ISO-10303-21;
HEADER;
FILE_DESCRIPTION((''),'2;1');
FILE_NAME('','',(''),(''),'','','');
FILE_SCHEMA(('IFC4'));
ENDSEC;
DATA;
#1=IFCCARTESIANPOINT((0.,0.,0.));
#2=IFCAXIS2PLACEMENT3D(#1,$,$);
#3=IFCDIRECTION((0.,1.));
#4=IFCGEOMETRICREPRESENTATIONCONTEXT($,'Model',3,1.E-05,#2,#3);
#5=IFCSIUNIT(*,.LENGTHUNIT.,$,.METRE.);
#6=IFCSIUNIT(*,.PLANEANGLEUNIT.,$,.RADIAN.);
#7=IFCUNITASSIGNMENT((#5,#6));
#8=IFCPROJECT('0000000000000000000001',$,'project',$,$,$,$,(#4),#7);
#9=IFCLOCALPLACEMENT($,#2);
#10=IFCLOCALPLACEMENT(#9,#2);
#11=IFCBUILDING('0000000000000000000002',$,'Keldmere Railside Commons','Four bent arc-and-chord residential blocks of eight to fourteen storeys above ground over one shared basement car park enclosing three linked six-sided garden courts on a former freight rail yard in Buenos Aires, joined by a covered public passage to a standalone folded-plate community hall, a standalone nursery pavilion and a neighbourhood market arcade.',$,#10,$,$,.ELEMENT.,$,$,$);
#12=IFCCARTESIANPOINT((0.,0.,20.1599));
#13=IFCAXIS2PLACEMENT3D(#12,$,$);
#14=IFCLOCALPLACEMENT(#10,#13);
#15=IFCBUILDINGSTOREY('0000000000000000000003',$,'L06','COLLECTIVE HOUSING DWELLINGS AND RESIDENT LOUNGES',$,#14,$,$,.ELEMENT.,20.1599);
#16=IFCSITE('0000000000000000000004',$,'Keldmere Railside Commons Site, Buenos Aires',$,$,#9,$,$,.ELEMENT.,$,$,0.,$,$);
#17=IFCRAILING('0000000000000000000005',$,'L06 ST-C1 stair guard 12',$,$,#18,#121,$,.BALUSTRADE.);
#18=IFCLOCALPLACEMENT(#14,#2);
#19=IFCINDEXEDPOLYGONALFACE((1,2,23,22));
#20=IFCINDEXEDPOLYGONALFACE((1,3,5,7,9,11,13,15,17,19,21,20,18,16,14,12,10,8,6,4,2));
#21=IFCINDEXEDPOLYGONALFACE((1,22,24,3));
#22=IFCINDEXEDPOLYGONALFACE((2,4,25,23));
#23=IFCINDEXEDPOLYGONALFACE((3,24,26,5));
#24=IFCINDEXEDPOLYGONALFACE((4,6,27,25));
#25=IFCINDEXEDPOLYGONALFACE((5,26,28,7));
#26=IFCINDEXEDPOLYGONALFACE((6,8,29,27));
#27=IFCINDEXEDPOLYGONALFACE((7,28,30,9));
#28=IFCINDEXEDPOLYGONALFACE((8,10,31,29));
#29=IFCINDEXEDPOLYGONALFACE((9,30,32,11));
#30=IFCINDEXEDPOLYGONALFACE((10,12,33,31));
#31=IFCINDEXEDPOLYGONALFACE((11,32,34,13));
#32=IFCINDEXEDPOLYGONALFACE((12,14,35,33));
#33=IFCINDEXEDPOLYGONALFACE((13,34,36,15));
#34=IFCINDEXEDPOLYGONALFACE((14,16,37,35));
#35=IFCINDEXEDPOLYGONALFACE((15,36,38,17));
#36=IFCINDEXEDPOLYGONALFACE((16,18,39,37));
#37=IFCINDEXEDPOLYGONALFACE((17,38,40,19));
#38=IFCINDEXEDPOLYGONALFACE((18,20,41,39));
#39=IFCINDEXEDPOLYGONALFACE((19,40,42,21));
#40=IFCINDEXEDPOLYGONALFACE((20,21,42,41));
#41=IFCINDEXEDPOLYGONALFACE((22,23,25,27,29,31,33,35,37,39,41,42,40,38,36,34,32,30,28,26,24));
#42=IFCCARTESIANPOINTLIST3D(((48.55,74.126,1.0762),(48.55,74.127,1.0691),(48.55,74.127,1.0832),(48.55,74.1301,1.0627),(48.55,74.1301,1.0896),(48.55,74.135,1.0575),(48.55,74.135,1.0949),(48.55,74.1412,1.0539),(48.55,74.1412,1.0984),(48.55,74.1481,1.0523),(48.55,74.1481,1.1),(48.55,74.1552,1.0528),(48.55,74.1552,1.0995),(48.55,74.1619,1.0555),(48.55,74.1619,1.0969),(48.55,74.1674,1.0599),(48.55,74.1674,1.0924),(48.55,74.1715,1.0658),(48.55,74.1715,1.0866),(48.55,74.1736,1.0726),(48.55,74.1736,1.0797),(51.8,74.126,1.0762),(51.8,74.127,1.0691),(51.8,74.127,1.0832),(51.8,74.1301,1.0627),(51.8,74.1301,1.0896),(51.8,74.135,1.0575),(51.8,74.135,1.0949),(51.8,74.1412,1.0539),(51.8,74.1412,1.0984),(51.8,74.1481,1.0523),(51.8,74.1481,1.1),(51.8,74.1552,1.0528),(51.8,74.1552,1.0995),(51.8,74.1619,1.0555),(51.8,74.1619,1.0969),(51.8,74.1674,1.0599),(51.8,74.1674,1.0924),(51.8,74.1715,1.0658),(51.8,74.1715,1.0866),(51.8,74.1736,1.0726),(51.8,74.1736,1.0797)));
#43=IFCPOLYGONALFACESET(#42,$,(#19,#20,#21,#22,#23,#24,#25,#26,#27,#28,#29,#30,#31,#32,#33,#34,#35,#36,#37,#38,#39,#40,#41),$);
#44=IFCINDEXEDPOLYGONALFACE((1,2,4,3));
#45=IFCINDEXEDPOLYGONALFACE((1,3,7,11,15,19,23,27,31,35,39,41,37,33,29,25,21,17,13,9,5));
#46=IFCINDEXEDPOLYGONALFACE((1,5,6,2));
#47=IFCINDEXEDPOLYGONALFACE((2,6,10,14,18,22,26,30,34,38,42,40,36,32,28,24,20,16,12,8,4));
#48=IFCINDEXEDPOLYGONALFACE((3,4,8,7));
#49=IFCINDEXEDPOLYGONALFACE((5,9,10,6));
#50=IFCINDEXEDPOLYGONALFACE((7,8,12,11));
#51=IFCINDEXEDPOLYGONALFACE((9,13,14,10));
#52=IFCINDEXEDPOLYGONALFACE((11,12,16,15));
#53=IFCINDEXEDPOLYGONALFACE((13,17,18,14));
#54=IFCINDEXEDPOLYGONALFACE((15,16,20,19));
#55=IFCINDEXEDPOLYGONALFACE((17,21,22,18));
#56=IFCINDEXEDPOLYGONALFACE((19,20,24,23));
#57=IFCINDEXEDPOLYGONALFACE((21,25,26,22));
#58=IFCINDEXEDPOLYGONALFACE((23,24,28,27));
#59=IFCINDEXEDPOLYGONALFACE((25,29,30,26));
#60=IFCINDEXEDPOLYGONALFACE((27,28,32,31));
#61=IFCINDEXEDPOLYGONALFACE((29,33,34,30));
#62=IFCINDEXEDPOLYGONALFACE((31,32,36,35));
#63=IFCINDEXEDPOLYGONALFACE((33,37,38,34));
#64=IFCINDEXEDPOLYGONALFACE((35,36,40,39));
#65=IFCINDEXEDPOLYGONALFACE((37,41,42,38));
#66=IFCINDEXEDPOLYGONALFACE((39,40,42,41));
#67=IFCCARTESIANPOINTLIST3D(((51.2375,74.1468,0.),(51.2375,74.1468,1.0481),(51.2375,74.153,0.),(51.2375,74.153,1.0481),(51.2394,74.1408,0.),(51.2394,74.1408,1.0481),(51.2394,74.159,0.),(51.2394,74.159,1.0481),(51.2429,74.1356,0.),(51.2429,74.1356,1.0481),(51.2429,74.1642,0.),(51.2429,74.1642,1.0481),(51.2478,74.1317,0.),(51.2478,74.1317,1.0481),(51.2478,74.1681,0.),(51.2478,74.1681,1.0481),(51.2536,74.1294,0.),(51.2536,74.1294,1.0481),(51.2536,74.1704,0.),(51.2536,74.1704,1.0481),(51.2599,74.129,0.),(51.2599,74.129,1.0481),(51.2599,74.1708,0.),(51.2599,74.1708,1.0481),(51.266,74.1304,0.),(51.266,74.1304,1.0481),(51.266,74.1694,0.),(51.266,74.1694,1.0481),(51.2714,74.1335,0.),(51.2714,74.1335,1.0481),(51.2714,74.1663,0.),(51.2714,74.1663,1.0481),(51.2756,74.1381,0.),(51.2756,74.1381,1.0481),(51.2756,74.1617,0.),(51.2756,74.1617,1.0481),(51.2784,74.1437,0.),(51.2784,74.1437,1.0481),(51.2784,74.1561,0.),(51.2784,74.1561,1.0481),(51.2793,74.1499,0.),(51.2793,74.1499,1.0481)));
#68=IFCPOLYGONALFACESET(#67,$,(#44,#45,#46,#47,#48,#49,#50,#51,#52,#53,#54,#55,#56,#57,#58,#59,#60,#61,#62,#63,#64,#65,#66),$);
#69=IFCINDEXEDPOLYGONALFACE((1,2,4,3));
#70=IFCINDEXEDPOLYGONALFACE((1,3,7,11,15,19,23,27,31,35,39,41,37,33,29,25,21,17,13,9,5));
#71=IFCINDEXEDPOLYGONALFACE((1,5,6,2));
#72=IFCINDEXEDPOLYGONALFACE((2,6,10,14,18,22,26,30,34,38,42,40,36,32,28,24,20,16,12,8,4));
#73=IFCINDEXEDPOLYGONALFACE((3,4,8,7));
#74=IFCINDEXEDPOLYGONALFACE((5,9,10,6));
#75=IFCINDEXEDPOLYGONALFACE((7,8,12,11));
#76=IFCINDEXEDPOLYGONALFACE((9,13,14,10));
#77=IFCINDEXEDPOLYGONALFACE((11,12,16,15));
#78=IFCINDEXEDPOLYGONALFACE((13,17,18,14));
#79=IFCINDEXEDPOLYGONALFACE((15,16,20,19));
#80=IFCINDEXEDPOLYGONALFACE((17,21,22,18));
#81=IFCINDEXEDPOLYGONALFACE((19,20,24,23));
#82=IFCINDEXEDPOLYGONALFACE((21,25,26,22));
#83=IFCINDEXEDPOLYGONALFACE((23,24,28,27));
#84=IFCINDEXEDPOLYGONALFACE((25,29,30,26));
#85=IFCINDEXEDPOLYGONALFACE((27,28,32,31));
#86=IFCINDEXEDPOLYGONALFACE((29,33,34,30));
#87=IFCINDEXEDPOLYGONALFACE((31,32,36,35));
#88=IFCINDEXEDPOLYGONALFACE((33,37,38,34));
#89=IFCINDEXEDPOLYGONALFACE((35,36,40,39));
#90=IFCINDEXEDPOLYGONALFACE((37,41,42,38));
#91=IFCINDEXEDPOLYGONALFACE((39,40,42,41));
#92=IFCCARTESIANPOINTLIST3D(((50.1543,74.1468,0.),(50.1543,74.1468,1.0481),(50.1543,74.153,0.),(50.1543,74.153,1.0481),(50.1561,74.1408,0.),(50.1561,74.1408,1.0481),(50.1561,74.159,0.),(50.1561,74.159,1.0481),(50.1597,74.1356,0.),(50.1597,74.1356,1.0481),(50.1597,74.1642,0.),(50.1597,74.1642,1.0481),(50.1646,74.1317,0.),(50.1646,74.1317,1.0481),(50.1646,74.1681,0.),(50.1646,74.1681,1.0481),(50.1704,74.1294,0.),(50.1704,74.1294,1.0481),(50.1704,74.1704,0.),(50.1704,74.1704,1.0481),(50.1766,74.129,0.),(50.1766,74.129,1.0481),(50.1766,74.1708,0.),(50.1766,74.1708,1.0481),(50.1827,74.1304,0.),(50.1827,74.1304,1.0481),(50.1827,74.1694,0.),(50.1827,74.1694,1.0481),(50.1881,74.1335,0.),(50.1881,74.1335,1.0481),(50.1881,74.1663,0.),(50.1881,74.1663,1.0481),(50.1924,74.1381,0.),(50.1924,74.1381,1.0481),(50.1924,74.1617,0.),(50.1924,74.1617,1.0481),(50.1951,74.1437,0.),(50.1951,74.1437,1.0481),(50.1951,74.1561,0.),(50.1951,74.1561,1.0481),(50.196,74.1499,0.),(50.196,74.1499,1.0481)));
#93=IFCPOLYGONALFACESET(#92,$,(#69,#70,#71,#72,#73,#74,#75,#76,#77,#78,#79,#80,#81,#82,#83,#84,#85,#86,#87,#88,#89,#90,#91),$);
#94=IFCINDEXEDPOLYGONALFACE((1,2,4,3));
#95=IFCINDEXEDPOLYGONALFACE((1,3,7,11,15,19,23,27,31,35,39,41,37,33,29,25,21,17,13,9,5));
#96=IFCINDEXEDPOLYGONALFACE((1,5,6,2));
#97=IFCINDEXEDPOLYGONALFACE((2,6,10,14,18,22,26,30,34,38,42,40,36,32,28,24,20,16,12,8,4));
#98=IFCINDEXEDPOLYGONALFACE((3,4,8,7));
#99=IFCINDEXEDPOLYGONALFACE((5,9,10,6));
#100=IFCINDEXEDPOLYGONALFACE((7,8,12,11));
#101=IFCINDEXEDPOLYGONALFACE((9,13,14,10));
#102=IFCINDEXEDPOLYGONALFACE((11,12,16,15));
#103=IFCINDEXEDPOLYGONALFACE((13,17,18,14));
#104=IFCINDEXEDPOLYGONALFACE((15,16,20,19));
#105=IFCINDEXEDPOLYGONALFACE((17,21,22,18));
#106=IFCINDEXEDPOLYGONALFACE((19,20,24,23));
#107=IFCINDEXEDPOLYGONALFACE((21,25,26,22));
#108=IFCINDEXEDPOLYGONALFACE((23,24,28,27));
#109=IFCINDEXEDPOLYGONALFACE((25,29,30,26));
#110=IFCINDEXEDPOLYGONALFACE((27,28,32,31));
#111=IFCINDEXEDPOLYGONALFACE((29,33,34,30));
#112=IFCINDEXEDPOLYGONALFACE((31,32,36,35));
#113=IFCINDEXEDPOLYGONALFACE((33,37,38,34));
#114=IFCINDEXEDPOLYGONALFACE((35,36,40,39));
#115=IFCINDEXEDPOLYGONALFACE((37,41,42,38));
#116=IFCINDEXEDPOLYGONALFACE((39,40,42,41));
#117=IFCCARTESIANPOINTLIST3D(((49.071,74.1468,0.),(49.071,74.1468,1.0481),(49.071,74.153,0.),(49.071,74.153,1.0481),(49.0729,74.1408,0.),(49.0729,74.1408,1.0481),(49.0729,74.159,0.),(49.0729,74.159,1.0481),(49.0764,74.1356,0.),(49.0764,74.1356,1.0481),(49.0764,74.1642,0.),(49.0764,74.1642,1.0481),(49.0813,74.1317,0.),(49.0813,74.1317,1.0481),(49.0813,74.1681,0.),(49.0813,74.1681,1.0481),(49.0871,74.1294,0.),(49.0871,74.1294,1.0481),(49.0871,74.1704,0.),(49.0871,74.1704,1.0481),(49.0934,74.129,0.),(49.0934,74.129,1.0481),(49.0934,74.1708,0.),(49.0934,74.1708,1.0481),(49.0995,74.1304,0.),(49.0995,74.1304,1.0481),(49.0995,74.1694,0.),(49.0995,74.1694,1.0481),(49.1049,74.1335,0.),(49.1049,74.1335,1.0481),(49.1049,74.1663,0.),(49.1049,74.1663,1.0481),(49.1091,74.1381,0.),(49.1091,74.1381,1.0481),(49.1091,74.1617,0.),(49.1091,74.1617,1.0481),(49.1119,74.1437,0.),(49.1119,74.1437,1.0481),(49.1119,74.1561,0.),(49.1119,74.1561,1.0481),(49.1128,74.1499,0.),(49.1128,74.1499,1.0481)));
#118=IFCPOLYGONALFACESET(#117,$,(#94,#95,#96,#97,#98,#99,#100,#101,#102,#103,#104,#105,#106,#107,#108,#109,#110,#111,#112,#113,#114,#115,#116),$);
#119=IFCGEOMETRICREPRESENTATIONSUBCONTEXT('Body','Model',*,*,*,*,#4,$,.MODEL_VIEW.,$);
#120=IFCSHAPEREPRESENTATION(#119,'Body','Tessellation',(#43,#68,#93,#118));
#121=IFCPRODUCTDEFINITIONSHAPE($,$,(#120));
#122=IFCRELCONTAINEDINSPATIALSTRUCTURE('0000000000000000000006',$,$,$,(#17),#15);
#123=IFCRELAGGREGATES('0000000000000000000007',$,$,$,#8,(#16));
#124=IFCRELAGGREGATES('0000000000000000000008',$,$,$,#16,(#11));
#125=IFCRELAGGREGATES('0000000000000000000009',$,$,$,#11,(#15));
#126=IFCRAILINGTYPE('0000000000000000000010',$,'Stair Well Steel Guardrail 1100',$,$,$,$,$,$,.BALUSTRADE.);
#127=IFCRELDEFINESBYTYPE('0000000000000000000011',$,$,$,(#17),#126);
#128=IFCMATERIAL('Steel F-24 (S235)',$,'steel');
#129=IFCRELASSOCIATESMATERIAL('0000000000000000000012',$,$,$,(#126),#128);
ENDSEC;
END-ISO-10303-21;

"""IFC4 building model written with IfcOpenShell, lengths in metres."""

from ifc_helpers import new_model, si_unit, direction, frame, origin, origin_2d, place, context, subcontext, project, spatial, circle, extrude, material, type_object, element, save


model = new_model("IFC4")

# Units and contexts
model_context = context("Model", 3, precision=1e-05, world=origin(), true_north=direction((0.0, 1.0)))
body_context = subcontext(model_context, "Body", "Model", "MODEL_VIEW")
ifc_project = project(units=[si_unit("LENGTHUNIT", "METRE"), si_unit("PLANEANGLEUNIT", "RADIAN")], contexts=[model_context])

# Site, building, storey
site_placement = place(None, origin())
site = spatial("IfcSite", under=ifc_project, at=site_placement, Name="Keldmere Railside Commons Site, Buenos Aires", CompositionType="ELEMENT", RefElevation=0.0)
building_placement = place(site_placement, origin())
building = spatial("IfcBuilding", under=site, at=building_placement, Name="Keldmere Railside Commons", Description="Four bent arc-and-chord residential blocks of eight to fourteen storeys above ground over one shared basement car park enclosing three linked six-sided garden courts on a former freight rail yard in Buenos Aires, joined by a covered public passage to a standalone folded-plate community hall, a standalone nursery pavilion and a neighbourhood market arcade.", CompositionType="ELEMENT")
storey_placement = place(building_placement, frame((0.0, 0.0, 20.1599)))
storey = spatial("IfcBuildingStorey", under=building, at=storey_placement, Name="L06", Description="COLLECTIVE HOUSING DWELLINGS AND RESIDENT LOUNGES", CompositionType="ELEMENT", Elevation=20.1599)

# Railing
ifc_material_1 = material(Name="Steel F-24 (S235)", Category="steel")
railing_type_1 = type_object("IfcRailingType", Name="Stair Well Steel Guardrail 1100", PredefinedType="BALUSTRADE", material=ifc_material_1)
railing_1_placement = place(storey_placement, frame((51.8, 74.1499, 0.0)))
element("IfcRailing", 1, at=railing_1_placement, inside=storey, type_object=railing_type_1, Name="L06 ST-C1 stair guard 12", PredefinedType="BALUSTRADE", context=body_context, shape_type="SweptSolid", body=[
    extrude(circle(Radius=0.0239, at=origin_2d()), frame((0.0, 0.0, 1.0762), z_axis=(-1.0, 0.0, 0.0), x_axis=(0.0, -1.0, 0.0)), (0.0, 0.0, 1.0), 3.25),
    extrude(circle(Radius=0.021, at=origin_2d()), frame((-0.5417, 0.0, 0.0)), (0.0, 0.0, 1.0), 1.0481),
    extrude(circle(Radius=0.021, at=origin_2d()), frame((-1.625, 0.0, 0.0)), (0.0, 0.0, 1.0), 1.0481),
    extrude(circle(Radius=0.021, at=origin_2d()), frame((-2.7083, 0.0, 0.0)), (0.0, 0.0, 1.0), 1.0481),
])

save(model, "model.ifc")
